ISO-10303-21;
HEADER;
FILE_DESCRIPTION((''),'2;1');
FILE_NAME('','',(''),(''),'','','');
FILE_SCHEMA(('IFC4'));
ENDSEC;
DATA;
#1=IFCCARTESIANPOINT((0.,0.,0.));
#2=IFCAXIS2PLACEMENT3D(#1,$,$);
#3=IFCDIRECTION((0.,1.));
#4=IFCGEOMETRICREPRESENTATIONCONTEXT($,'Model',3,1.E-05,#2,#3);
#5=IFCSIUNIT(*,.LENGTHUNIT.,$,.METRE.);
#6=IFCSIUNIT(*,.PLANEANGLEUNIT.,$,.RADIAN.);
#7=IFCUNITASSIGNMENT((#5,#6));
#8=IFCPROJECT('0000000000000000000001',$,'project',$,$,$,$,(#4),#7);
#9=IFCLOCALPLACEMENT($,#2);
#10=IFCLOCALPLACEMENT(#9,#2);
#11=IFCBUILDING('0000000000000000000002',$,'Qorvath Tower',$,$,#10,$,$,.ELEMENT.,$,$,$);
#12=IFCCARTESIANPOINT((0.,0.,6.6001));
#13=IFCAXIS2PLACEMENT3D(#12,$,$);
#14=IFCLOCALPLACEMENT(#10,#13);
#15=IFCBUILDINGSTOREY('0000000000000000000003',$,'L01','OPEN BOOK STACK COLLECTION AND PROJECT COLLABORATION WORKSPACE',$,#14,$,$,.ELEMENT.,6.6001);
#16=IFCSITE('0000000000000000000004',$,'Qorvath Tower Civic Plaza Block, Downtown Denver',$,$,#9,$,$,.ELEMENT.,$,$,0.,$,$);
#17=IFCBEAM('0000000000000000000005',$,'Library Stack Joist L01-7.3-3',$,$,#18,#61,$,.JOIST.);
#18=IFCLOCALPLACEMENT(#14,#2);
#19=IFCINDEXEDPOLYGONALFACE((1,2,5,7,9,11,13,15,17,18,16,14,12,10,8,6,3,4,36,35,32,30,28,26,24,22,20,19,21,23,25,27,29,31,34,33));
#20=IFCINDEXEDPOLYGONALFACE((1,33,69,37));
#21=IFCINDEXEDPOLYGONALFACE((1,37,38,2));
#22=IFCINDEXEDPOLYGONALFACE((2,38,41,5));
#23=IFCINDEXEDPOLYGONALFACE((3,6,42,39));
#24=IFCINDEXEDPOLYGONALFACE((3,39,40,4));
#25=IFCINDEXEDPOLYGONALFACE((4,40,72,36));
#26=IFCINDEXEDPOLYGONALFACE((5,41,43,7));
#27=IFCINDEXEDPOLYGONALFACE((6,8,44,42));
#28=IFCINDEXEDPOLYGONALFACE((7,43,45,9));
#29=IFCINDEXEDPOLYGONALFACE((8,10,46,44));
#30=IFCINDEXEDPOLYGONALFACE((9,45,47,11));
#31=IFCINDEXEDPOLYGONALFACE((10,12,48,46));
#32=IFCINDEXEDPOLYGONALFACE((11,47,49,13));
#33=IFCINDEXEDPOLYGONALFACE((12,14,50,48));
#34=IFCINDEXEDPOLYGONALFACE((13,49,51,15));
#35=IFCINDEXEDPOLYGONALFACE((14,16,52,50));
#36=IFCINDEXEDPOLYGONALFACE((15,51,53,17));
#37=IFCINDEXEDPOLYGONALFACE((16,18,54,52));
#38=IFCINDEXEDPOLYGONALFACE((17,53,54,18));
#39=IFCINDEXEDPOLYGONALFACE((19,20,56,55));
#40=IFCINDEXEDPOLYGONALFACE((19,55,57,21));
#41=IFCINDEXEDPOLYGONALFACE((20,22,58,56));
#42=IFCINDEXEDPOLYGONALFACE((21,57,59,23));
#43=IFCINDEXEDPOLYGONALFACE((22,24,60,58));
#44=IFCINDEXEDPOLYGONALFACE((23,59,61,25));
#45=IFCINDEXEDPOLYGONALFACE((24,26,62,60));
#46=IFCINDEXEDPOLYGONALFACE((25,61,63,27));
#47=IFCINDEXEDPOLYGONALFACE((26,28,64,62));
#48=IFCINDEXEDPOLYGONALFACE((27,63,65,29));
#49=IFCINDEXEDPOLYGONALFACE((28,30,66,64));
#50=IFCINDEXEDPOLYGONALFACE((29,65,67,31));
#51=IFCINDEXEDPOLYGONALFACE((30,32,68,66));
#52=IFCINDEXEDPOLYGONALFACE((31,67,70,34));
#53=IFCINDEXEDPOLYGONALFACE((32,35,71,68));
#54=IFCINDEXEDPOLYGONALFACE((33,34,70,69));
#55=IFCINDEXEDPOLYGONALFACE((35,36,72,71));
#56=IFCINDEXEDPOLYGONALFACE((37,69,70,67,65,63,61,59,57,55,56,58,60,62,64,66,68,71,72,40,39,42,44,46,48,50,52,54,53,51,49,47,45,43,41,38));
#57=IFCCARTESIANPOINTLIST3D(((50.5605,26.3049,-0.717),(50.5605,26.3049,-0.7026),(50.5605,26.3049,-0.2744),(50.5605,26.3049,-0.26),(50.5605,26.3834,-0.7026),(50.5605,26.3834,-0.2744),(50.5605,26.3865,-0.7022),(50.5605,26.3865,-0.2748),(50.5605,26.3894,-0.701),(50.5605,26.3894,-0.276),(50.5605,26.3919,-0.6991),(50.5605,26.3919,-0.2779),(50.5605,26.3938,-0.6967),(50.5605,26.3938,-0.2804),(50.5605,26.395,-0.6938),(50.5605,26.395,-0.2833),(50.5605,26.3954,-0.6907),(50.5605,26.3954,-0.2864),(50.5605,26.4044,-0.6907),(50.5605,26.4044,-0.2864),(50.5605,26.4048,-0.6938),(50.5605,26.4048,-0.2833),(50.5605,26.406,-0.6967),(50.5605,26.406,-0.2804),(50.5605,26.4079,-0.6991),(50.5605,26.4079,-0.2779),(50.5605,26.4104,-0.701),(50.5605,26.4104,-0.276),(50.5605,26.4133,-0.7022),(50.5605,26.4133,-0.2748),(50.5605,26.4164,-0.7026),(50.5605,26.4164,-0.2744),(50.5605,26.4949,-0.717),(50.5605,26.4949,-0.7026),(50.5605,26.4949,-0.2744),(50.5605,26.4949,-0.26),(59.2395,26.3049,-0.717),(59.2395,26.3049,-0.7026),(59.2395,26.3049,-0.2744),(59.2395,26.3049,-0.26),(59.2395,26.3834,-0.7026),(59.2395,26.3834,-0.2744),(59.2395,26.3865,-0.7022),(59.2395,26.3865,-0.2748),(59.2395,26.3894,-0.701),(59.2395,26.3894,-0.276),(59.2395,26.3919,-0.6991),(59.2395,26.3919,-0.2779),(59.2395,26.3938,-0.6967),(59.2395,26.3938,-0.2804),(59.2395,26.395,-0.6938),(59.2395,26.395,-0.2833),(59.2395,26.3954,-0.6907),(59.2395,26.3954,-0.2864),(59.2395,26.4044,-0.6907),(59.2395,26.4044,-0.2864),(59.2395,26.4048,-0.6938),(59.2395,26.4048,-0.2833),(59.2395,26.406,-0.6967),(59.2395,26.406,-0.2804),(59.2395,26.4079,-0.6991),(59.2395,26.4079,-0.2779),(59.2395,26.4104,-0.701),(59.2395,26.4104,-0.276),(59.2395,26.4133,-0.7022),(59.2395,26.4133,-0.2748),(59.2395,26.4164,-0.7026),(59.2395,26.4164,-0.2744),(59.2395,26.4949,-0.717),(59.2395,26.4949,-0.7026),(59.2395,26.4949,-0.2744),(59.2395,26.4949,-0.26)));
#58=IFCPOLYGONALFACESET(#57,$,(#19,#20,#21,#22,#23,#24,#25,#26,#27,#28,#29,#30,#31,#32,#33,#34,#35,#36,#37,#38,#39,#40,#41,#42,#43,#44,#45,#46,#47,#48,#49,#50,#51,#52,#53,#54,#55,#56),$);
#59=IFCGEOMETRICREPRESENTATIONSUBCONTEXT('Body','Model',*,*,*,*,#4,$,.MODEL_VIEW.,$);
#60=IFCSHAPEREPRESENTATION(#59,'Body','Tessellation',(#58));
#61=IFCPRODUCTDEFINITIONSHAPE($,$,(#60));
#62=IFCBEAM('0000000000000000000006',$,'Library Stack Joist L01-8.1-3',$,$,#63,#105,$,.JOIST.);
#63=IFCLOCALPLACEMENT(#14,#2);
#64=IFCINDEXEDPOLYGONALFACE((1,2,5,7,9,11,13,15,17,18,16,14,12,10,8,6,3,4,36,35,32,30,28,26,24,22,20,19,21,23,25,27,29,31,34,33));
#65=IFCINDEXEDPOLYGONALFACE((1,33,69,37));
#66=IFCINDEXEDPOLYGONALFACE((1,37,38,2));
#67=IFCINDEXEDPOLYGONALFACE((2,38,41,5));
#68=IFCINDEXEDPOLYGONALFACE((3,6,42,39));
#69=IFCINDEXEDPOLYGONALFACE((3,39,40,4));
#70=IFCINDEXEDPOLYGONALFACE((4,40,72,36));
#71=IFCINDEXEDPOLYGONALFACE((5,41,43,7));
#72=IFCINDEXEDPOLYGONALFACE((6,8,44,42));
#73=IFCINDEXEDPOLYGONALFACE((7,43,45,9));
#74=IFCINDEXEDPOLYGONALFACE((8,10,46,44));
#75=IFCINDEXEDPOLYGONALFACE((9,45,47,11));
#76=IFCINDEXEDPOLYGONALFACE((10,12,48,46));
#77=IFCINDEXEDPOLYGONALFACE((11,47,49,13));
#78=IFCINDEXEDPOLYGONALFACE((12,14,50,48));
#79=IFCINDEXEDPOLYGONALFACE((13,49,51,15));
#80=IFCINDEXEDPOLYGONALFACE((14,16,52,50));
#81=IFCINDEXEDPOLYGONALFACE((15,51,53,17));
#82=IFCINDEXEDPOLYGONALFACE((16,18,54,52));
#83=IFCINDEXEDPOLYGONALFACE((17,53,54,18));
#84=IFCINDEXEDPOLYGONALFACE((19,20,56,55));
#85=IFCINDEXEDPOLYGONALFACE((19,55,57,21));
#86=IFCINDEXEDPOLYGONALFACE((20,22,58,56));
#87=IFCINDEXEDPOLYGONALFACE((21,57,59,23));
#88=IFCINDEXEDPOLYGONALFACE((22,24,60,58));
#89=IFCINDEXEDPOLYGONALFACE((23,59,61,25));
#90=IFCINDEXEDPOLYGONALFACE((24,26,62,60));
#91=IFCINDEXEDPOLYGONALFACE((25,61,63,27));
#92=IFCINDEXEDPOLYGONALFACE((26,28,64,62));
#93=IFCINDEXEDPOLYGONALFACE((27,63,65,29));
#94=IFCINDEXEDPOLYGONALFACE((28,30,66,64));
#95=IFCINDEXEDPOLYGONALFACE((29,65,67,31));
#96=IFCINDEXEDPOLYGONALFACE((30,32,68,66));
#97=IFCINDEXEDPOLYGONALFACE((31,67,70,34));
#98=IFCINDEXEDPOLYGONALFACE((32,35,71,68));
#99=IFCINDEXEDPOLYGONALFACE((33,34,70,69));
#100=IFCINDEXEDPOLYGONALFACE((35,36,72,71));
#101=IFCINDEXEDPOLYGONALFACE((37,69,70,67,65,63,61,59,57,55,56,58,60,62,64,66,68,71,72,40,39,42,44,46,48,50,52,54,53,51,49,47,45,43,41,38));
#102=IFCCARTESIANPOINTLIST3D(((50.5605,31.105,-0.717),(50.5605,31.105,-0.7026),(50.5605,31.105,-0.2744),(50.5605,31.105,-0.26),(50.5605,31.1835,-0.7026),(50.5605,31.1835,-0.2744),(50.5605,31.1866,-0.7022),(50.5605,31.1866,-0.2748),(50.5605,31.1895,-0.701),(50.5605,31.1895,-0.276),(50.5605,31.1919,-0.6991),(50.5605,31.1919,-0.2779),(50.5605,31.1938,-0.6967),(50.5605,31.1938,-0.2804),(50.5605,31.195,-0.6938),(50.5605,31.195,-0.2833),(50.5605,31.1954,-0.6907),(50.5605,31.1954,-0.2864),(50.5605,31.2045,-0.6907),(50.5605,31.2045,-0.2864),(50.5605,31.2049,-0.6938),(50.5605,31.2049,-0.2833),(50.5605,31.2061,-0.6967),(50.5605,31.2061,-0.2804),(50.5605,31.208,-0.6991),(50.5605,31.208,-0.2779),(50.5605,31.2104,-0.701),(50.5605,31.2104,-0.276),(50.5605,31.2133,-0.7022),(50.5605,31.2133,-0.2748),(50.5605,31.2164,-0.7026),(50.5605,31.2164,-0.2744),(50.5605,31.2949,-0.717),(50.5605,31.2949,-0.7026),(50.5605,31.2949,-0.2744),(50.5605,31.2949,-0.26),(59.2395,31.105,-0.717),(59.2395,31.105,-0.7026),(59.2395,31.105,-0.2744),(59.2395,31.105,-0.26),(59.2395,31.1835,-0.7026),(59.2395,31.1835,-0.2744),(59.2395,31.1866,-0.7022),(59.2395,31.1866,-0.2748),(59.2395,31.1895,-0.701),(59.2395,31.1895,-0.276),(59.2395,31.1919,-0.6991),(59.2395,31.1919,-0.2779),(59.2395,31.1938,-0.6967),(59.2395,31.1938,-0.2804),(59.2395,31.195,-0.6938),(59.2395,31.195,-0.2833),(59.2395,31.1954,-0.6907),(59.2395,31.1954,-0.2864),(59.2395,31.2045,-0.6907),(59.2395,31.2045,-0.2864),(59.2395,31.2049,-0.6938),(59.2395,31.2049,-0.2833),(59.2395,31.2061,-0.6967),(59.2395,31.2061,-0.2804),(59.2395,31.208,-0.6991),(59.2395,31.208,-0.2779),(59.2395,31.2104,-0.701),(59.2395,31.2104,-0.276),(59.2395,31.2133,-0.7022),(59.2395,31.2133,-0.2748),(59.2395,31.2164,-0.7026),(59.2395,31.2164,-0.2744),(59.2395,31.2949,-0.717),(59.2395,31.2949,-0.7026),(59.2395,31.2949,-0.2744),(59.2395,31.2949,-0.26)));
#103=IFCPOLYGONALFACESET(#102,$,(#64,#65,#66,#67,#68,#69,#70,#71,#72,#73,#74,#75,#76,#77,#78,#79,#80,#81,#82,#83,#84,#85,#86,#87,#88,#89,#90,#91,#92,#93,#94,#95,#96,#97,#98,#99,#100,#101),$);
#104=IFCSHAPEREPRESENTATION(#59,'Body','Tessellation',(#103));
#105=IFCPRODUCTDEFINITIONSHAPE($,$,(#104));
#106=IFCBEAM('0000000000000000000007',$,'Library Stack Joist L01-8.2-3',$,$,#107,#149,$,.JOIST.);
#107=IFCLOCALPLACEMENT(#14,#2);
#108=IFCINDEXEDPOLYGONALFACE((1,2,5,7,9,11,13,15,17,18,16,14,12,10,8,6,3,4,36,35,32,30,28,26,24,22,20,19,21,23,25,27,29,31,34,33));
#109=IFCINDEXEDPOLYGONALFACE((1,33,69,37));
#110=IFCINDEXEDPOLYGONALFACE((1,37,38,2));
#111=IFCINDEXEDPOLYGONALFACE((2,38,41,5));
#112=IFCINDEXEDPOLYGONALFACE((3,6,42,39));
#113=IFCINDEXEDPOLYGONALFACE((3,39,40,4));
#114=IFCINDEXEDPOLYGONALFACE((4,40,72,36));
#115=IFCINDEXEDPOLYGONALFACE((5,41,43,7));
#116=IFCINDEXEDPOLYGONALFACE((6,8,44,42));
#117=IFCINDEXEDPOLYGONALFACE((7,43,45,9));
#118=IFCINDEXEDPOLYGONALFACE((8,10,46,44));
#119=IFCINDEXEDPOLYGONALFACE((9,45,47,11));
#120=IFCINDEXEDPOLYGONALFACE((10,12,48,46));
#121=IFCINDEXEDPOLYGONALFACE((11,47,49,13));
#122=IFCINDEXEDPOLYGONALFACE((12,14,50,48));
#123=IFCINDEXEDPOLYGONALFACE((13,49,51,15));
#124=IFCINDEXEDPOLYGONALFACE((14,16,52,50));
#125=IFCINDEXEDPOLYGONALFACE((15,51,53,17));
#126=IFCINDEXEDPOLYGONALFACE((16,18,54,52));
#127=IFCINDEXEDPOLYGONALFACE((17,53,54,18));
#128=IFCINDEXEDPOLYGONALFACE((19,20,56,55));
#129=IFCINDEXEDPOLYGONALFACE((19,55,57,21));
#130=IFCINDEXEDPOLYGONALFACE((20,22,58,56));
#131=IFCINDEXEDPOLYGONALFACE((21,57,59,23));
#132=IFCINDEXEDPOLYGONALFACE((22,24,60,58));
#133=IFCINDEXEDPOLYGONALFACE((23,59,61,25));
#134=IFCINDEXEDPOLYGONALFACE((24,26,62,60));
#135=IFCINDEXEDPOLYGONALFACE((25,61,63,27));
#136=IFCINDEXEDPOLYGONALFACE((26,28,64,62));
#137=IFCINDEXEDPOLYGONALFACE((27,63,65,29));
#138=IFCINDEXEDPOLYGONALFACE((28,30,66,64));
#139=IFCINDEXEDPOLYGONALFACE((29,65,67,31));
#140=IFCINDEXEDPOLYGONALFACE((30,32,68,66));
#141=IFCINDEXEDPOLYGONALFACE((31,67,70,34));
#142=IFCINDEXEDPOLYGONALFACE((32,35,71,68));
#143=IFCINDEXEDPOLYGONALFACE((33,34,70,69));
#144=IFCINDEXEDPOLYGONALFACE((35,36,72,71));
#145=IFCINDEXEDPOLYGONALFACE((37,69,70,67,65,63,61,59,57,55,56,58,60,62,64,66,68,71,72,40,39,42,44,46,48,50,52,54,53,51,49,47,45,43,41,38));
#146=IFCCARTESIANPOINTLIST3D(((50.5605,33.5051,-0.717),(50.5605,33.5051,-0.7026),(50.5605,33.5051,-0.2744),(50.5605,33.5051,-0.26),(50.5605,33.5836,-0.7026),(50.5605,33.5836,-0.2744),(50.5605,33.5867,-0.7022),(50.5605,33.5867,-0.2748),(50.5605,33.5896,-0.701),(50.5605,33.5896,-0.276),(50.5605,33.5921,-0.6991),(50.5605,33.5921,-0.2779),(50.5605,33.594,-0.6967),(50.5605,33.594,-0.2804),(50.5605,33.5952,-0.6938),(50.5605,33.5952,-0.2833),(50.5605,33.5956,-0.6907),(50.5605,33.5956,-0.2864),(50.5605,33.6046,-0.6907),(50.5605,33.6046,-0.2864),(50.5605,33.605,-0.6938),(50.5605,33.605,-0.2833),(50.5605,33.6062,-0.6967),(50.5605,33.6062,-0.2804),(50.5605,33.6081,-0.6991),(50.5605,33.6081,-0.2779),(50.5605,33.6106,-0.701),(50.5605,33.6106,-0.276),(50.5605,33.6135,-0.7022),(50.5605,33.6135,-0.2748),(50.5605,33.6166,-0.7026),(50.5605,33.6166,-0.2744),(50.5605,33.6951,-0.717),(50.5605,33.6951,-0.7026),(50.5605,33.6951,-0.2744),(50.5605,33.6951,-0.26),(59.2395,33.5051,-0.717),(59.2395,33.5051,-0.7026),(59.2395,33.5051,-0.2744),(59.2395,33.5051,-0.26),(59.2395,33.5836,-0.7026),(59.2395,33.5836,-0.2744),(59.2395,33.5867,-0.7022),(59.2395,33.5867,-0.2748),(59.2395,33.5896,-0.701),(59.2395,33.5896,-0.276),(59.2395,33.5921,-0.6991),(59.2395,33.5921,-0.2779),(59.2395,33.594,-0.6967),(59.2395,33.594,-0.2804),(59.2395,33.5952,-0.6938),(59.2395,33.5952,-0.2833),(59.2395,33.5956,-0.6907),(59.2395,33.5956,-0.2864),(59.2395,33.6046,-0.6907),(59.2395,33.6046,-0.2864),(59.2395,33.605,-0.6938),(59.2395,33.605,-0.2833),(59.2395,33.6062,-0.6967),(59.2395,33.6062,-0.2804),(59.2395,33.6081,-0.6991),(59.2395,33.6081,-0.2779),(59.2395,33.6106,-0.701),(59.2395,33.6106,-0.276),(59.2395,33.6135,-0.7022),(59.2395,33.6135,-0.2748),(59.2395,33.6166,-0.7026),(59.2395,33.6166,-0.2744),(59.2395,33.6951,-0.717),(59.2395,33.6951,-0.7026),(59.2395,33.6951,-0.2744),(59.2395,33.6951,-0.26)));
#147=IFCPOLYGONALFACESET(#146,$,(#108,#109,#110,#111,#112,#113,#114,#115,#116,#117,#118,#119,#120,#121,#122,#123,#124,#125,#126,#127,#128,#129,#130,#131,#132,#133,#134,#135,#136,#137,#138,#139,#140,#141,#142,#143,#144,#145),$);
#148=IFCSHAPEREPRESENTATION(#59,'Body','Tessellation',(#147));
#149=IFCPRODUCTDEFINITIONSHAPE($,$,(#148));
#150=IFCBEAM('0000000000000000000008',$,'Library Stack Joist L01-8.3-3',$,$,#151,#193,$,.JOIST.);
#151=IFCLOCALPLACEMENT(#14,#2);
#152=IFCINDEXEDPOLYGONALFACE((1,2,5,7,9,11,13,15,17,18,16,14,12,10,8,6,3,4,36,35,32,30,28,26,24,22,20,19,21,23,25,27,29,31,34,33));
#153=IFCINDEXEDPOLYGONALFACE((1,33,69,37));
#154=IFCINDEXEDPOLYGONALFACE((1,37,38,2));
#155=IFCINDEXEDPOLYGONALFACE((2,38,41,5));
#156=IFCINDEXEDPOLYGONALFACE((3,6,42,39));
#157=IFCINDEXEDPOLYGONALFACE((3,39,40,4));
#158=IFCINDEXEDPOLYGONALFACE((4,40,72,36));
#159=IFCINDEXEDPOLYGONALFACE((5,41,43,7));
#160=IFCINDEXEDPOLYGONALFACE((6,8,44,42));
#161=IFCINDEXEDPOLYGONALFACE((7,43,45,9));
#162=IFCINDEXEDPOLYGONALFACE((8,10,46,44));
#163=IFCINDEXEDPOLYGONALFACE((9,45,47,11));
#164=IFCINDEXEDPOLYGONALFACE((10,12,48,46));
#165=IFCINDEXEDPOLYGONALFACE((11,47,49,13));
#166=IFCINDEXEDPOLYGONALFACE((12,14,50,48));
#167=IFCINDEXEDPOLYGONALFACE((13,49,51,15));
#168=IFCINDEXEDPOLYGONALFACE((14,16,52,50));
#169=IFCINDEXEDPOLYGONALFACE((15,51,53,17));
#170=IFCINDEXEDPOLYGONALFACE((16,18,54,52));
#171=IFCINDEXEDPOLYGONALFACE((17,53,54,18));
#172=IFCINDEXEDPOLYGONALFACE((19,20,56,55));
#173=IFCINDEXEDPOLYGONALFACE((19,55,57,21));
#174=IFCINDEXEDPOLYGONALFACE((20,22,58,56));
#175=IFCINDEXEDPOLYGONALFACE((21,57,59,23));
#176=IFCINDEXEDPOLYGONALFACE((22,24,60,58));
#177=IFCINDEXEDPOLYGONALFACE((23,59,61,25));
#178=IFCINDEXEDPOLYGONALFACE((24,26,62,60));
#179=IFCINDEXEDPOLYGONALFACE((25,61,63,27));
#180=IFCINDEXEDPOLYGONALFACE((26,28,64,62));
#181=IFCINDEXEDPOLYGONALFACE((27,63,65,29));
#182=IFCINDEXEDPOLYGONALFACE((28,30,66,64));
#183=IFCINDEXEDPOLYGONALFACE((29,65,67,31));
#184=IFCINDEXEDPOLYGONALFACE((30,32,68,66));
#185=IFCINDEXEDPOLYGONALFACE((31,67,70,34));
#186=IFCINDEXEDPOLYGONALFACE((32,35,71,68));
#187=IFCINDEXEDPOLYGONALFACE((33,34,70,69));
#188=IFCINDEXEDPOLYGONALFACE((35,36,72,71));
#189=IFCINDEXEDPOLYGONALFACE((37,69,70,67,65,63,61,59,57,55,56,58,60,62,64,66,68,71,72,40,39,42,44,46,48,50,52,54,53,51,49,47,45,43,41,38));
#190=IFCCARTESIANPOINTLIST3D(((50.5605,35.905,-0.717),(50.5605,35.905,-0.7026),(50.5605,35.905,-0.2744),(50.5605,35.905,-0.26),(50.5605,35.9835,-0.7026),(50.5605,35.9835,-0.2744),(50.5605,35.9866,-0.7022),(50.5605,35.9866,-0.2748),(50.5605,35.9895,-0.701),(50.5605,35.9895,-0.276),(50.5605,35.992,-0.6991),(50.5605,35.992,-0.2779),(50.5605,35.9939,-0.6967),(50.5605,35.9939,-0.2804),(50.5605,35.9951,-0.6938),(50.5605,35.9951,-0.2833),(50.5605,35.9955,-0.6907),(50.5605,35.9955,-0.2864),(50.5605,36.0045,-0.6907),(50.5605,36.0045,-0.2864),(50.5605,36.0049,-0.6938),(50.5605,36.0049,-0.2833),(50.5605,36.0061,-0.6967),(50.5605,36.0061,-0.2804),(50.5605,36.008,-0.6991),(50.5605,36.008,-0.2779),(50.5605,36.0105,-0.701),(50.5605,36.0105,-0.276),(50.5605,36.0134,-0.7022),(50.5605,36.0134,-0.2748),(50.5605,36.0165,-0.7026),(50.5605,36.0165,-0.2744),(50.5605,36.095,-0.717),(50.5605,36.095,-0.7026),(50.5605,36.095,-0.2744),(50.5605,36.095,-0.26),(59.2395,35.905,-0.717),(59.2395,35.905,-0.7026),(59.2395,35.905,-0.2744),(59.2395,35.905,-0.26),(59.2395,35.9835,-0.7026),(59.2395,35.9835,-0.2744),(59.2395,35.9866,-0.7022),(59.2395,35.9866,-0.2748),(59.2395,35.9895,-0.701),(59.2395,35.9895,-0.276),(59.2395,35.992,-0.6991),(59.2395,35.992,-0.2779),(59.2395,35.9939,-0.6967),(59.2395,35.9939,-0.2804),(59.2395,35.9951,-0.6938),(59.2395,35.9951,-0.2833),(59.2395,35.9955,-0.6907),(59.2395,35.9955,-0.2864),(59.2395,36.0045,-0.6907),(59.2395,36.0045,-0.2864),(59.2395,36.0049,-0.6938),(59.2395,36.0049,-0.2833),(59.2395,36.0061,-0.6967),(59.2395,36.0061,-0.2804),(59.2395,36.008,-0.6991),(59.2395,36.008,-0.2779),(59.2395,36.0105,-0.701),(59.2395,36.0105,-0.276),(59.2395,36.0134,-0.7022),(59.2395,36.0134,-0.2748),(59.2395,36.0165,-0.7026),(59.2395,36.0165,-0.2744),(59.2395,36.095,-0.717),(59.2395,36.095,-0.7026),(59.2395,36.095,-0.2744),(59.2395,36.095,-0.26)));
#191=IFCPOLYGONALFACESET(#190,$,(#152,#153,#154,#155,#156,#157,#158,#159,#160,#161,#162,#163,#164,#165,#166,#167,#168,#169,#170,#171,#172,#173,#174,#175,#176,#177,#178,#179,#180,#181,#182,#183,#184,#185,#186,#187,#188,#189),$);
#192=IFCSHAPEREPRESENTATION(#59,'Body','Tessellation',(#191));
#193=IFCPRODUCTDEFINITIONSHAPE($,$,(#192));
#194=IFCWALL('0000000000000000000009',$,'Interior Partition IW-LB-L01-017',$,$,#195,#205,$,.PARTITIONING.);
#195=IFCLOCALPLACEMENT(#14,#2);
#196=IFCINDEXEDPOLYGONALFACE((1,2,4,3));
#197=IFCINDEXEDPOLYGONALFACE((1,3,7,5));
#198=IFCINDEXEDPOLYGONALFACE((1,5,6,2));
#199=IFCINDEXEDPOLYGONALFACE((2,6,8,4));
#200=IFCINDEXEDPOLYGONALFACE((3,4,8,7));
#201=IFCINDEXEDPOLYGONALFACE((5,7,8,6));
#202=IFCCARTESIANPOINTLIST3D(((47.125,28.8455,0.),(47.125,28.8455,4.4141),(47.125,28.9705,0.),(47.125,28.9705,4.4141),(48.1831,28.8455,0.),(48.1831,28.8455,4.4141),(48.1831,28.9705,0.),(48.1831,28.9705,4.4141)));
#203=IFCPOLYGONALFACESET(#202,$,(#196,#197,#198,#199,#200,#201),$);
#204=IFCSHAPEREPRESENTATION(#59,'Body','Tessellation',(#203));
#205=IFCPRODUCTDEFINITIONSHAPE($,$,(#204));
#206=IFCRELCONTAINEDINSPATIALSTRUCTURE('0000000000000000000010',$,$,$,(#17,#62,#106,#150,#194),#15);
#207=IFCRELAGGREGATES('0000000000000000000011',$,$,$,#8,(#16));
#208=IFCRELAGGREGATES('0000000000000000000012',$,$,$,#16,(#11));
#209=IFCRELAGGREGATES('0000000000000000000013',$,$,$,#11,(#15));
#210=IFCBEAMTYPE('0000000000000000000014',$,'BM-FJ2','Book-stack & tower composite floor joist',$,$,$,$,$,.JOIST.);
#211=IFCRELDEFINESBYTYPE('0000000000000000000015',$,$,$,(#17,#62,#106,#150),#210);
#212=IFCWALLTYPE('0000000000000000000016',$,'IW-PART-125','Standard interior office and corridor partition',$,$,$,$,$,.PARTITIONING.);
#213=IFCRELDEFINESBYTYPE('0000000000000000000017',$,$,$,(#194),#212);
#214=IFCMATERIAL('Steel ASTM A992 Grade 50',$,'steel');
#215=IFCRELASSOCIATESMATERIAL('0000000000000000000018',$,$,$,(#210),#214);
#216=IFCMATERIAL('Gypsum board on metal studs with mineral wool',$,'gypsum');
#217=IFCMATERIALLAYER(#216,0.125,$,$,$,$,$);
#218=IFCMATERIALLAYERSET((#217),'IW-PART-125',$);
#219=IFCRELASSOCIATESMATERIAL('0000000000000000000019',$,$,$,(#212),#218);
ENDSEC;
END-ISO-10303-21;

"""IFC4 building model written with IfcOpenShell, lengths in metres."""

from ifc_helpers import new_model, si_unit, direction, frame, frame_2d, origin, origin_2d, place, context, subcontext, project, spatial, rectangle, i_section, extrude, material, layer, layer_set, material_profile, profile_set, type_object, element, save


model = new_model("IFC4")

# Units and contexts
model_context = context("Model", 3, precision=1e-05, world=origin(), true_north=direction((0.0, 1.0)))
body_context = subcontext(model_context, "Body", "Model", "MODEL_VIEW")
ifc_project = project(units=[si_unit("LENGTHUNIT", "METRE"), si_unit("PLANEANGLEUNIT", "RADIAN")], contexts=[model_context])

# Site, building, storey
site_placement = place(None, origin())
site = spatial("IfcSite", under=ifc_project, at=site_placement, Name="Qorvath Tower Civic Plaza Block, Downtown Denver", CompositionType="ELEMENT", RefElevation=0.0)
building_placement = place(site_placement, origin())
building = spatial("IfcBuilding", under=site, at=building_placement, Name="Qorvath Tower", CompositionType="ELEMENT")
storey_placement = place(building_placement, frame((0.0, 0.0, 6.6001)))
storey = spatial("IfcBuildingStorey", under=building, at=storey_placement, Name="L01", Description="OPEN BOOK STACK COLLECTION AND PROJECT COLLABORATION WORKSPACE", CompositionType="ELEMENT", Elevation=6.6001)

# Beams
ifc_material_1 = material(Name="Steel ASTM A992 Grade 50", Category="steel")
ifc_material_profile_1 = material_profile(ifc_material_1, i_section(OverallWidth=0.1899, OverallDepth=0.457, WebThickness=0.009, FlangeThickness=0.0144, FilletRadius=0.012, at=origin_2d()), Name="W18x50")
ifc_profile_set_1 = profile_set([ifc_material_profile_1], Name="Steel ASTM A992 Grade 50")
beam_type_1 = type_object("IfcBeamType", Name="BM-FJ2", Description="Book-stack & tower composite floor joist", PredefinedType="JOIST", material=ifc_profile_set_1)
for number, where, z_axis, x_axis, name in (
    (1, (50.5605, 26.3999, -0.4885), (1.0, 0.0, 0.0), (0.0, 1.0, 0.0), "Library Stack Joist L01-7.3-3"),
    (2, (50.5605, 31.2, -0.4885), (1.0, 0.0, 0.0), (0.0, 1.0, 0.0), "Library Stack Joist L01-8.1-3"),
    (3, (50.5605, 33.6001, -0.4885), (1.0, 0.0, 0.0), (0.0, 1.0, 0.0), "Library Stack Joist L01-8.2-3"),
    (4, (50.5605, 36.0, -0.4885), (1.0, 0.0, 0.0), (0.0, 1.0, 0.0), "Library Stack Joist L01-8.3-3"),
):
    element("IfcBeam", number, at=place(storey_placement, frame(where, z_axis=z_axis, x_axis=x_axis)), inside=storey, type_object=beam_type_1, Name=name, PredefinedType="JOIST", context=body_context, shape_type="SweptSolid", body=[
        extrude(i_section(OverallWidth=0.1899, OverallDepth=0.457, WebThickness=0.009, FlangeThickness=0.0144, FilletRadius=0.012, at=origin_2d()), origin(), (0.0, 0.0, 1.0), 8.679),
    ])

# Wall
ifc_material_2 = material(Name="Gypsum board on metal studs with mineral wool", Category="gypsum")
ifc_layer_1 = layer(ifc_material_2, 0.125)
ifc_layer_set_1 = layer_set([ifc_layer_1], Name="IW-PART-125")
wall_type_1 = type_object("IfcWallType", Name="IW-PART-125", Description="Standard interior office and corridor partition", PredefinedType="PARTITIONING", material=ifc_layer_set_1)
wall_1_placement = place(storey_placement, frame((48.1831, 28.908, 0.0), z_axis=(0.0, 0.0, 1.0), x_axis=(-1.0, 0.0, 0.0)))
element("IfcWall", 5, at=wall_1_placement, inside=storey, type_object=wall_type_1, Name="Interior Partition IW-LB-L01-017", PredefinedType="PARTITIONING", context=body_context, shape_type="SweptSolid", body=[
    extrude(rectangle(XDim=1.0581, YDim=0.125, at=frame_2d((0.5291, 0.0))), origin(), (0.0, 0.0, 1.0), 4.4141),
])

save(model, "model.ifc")
